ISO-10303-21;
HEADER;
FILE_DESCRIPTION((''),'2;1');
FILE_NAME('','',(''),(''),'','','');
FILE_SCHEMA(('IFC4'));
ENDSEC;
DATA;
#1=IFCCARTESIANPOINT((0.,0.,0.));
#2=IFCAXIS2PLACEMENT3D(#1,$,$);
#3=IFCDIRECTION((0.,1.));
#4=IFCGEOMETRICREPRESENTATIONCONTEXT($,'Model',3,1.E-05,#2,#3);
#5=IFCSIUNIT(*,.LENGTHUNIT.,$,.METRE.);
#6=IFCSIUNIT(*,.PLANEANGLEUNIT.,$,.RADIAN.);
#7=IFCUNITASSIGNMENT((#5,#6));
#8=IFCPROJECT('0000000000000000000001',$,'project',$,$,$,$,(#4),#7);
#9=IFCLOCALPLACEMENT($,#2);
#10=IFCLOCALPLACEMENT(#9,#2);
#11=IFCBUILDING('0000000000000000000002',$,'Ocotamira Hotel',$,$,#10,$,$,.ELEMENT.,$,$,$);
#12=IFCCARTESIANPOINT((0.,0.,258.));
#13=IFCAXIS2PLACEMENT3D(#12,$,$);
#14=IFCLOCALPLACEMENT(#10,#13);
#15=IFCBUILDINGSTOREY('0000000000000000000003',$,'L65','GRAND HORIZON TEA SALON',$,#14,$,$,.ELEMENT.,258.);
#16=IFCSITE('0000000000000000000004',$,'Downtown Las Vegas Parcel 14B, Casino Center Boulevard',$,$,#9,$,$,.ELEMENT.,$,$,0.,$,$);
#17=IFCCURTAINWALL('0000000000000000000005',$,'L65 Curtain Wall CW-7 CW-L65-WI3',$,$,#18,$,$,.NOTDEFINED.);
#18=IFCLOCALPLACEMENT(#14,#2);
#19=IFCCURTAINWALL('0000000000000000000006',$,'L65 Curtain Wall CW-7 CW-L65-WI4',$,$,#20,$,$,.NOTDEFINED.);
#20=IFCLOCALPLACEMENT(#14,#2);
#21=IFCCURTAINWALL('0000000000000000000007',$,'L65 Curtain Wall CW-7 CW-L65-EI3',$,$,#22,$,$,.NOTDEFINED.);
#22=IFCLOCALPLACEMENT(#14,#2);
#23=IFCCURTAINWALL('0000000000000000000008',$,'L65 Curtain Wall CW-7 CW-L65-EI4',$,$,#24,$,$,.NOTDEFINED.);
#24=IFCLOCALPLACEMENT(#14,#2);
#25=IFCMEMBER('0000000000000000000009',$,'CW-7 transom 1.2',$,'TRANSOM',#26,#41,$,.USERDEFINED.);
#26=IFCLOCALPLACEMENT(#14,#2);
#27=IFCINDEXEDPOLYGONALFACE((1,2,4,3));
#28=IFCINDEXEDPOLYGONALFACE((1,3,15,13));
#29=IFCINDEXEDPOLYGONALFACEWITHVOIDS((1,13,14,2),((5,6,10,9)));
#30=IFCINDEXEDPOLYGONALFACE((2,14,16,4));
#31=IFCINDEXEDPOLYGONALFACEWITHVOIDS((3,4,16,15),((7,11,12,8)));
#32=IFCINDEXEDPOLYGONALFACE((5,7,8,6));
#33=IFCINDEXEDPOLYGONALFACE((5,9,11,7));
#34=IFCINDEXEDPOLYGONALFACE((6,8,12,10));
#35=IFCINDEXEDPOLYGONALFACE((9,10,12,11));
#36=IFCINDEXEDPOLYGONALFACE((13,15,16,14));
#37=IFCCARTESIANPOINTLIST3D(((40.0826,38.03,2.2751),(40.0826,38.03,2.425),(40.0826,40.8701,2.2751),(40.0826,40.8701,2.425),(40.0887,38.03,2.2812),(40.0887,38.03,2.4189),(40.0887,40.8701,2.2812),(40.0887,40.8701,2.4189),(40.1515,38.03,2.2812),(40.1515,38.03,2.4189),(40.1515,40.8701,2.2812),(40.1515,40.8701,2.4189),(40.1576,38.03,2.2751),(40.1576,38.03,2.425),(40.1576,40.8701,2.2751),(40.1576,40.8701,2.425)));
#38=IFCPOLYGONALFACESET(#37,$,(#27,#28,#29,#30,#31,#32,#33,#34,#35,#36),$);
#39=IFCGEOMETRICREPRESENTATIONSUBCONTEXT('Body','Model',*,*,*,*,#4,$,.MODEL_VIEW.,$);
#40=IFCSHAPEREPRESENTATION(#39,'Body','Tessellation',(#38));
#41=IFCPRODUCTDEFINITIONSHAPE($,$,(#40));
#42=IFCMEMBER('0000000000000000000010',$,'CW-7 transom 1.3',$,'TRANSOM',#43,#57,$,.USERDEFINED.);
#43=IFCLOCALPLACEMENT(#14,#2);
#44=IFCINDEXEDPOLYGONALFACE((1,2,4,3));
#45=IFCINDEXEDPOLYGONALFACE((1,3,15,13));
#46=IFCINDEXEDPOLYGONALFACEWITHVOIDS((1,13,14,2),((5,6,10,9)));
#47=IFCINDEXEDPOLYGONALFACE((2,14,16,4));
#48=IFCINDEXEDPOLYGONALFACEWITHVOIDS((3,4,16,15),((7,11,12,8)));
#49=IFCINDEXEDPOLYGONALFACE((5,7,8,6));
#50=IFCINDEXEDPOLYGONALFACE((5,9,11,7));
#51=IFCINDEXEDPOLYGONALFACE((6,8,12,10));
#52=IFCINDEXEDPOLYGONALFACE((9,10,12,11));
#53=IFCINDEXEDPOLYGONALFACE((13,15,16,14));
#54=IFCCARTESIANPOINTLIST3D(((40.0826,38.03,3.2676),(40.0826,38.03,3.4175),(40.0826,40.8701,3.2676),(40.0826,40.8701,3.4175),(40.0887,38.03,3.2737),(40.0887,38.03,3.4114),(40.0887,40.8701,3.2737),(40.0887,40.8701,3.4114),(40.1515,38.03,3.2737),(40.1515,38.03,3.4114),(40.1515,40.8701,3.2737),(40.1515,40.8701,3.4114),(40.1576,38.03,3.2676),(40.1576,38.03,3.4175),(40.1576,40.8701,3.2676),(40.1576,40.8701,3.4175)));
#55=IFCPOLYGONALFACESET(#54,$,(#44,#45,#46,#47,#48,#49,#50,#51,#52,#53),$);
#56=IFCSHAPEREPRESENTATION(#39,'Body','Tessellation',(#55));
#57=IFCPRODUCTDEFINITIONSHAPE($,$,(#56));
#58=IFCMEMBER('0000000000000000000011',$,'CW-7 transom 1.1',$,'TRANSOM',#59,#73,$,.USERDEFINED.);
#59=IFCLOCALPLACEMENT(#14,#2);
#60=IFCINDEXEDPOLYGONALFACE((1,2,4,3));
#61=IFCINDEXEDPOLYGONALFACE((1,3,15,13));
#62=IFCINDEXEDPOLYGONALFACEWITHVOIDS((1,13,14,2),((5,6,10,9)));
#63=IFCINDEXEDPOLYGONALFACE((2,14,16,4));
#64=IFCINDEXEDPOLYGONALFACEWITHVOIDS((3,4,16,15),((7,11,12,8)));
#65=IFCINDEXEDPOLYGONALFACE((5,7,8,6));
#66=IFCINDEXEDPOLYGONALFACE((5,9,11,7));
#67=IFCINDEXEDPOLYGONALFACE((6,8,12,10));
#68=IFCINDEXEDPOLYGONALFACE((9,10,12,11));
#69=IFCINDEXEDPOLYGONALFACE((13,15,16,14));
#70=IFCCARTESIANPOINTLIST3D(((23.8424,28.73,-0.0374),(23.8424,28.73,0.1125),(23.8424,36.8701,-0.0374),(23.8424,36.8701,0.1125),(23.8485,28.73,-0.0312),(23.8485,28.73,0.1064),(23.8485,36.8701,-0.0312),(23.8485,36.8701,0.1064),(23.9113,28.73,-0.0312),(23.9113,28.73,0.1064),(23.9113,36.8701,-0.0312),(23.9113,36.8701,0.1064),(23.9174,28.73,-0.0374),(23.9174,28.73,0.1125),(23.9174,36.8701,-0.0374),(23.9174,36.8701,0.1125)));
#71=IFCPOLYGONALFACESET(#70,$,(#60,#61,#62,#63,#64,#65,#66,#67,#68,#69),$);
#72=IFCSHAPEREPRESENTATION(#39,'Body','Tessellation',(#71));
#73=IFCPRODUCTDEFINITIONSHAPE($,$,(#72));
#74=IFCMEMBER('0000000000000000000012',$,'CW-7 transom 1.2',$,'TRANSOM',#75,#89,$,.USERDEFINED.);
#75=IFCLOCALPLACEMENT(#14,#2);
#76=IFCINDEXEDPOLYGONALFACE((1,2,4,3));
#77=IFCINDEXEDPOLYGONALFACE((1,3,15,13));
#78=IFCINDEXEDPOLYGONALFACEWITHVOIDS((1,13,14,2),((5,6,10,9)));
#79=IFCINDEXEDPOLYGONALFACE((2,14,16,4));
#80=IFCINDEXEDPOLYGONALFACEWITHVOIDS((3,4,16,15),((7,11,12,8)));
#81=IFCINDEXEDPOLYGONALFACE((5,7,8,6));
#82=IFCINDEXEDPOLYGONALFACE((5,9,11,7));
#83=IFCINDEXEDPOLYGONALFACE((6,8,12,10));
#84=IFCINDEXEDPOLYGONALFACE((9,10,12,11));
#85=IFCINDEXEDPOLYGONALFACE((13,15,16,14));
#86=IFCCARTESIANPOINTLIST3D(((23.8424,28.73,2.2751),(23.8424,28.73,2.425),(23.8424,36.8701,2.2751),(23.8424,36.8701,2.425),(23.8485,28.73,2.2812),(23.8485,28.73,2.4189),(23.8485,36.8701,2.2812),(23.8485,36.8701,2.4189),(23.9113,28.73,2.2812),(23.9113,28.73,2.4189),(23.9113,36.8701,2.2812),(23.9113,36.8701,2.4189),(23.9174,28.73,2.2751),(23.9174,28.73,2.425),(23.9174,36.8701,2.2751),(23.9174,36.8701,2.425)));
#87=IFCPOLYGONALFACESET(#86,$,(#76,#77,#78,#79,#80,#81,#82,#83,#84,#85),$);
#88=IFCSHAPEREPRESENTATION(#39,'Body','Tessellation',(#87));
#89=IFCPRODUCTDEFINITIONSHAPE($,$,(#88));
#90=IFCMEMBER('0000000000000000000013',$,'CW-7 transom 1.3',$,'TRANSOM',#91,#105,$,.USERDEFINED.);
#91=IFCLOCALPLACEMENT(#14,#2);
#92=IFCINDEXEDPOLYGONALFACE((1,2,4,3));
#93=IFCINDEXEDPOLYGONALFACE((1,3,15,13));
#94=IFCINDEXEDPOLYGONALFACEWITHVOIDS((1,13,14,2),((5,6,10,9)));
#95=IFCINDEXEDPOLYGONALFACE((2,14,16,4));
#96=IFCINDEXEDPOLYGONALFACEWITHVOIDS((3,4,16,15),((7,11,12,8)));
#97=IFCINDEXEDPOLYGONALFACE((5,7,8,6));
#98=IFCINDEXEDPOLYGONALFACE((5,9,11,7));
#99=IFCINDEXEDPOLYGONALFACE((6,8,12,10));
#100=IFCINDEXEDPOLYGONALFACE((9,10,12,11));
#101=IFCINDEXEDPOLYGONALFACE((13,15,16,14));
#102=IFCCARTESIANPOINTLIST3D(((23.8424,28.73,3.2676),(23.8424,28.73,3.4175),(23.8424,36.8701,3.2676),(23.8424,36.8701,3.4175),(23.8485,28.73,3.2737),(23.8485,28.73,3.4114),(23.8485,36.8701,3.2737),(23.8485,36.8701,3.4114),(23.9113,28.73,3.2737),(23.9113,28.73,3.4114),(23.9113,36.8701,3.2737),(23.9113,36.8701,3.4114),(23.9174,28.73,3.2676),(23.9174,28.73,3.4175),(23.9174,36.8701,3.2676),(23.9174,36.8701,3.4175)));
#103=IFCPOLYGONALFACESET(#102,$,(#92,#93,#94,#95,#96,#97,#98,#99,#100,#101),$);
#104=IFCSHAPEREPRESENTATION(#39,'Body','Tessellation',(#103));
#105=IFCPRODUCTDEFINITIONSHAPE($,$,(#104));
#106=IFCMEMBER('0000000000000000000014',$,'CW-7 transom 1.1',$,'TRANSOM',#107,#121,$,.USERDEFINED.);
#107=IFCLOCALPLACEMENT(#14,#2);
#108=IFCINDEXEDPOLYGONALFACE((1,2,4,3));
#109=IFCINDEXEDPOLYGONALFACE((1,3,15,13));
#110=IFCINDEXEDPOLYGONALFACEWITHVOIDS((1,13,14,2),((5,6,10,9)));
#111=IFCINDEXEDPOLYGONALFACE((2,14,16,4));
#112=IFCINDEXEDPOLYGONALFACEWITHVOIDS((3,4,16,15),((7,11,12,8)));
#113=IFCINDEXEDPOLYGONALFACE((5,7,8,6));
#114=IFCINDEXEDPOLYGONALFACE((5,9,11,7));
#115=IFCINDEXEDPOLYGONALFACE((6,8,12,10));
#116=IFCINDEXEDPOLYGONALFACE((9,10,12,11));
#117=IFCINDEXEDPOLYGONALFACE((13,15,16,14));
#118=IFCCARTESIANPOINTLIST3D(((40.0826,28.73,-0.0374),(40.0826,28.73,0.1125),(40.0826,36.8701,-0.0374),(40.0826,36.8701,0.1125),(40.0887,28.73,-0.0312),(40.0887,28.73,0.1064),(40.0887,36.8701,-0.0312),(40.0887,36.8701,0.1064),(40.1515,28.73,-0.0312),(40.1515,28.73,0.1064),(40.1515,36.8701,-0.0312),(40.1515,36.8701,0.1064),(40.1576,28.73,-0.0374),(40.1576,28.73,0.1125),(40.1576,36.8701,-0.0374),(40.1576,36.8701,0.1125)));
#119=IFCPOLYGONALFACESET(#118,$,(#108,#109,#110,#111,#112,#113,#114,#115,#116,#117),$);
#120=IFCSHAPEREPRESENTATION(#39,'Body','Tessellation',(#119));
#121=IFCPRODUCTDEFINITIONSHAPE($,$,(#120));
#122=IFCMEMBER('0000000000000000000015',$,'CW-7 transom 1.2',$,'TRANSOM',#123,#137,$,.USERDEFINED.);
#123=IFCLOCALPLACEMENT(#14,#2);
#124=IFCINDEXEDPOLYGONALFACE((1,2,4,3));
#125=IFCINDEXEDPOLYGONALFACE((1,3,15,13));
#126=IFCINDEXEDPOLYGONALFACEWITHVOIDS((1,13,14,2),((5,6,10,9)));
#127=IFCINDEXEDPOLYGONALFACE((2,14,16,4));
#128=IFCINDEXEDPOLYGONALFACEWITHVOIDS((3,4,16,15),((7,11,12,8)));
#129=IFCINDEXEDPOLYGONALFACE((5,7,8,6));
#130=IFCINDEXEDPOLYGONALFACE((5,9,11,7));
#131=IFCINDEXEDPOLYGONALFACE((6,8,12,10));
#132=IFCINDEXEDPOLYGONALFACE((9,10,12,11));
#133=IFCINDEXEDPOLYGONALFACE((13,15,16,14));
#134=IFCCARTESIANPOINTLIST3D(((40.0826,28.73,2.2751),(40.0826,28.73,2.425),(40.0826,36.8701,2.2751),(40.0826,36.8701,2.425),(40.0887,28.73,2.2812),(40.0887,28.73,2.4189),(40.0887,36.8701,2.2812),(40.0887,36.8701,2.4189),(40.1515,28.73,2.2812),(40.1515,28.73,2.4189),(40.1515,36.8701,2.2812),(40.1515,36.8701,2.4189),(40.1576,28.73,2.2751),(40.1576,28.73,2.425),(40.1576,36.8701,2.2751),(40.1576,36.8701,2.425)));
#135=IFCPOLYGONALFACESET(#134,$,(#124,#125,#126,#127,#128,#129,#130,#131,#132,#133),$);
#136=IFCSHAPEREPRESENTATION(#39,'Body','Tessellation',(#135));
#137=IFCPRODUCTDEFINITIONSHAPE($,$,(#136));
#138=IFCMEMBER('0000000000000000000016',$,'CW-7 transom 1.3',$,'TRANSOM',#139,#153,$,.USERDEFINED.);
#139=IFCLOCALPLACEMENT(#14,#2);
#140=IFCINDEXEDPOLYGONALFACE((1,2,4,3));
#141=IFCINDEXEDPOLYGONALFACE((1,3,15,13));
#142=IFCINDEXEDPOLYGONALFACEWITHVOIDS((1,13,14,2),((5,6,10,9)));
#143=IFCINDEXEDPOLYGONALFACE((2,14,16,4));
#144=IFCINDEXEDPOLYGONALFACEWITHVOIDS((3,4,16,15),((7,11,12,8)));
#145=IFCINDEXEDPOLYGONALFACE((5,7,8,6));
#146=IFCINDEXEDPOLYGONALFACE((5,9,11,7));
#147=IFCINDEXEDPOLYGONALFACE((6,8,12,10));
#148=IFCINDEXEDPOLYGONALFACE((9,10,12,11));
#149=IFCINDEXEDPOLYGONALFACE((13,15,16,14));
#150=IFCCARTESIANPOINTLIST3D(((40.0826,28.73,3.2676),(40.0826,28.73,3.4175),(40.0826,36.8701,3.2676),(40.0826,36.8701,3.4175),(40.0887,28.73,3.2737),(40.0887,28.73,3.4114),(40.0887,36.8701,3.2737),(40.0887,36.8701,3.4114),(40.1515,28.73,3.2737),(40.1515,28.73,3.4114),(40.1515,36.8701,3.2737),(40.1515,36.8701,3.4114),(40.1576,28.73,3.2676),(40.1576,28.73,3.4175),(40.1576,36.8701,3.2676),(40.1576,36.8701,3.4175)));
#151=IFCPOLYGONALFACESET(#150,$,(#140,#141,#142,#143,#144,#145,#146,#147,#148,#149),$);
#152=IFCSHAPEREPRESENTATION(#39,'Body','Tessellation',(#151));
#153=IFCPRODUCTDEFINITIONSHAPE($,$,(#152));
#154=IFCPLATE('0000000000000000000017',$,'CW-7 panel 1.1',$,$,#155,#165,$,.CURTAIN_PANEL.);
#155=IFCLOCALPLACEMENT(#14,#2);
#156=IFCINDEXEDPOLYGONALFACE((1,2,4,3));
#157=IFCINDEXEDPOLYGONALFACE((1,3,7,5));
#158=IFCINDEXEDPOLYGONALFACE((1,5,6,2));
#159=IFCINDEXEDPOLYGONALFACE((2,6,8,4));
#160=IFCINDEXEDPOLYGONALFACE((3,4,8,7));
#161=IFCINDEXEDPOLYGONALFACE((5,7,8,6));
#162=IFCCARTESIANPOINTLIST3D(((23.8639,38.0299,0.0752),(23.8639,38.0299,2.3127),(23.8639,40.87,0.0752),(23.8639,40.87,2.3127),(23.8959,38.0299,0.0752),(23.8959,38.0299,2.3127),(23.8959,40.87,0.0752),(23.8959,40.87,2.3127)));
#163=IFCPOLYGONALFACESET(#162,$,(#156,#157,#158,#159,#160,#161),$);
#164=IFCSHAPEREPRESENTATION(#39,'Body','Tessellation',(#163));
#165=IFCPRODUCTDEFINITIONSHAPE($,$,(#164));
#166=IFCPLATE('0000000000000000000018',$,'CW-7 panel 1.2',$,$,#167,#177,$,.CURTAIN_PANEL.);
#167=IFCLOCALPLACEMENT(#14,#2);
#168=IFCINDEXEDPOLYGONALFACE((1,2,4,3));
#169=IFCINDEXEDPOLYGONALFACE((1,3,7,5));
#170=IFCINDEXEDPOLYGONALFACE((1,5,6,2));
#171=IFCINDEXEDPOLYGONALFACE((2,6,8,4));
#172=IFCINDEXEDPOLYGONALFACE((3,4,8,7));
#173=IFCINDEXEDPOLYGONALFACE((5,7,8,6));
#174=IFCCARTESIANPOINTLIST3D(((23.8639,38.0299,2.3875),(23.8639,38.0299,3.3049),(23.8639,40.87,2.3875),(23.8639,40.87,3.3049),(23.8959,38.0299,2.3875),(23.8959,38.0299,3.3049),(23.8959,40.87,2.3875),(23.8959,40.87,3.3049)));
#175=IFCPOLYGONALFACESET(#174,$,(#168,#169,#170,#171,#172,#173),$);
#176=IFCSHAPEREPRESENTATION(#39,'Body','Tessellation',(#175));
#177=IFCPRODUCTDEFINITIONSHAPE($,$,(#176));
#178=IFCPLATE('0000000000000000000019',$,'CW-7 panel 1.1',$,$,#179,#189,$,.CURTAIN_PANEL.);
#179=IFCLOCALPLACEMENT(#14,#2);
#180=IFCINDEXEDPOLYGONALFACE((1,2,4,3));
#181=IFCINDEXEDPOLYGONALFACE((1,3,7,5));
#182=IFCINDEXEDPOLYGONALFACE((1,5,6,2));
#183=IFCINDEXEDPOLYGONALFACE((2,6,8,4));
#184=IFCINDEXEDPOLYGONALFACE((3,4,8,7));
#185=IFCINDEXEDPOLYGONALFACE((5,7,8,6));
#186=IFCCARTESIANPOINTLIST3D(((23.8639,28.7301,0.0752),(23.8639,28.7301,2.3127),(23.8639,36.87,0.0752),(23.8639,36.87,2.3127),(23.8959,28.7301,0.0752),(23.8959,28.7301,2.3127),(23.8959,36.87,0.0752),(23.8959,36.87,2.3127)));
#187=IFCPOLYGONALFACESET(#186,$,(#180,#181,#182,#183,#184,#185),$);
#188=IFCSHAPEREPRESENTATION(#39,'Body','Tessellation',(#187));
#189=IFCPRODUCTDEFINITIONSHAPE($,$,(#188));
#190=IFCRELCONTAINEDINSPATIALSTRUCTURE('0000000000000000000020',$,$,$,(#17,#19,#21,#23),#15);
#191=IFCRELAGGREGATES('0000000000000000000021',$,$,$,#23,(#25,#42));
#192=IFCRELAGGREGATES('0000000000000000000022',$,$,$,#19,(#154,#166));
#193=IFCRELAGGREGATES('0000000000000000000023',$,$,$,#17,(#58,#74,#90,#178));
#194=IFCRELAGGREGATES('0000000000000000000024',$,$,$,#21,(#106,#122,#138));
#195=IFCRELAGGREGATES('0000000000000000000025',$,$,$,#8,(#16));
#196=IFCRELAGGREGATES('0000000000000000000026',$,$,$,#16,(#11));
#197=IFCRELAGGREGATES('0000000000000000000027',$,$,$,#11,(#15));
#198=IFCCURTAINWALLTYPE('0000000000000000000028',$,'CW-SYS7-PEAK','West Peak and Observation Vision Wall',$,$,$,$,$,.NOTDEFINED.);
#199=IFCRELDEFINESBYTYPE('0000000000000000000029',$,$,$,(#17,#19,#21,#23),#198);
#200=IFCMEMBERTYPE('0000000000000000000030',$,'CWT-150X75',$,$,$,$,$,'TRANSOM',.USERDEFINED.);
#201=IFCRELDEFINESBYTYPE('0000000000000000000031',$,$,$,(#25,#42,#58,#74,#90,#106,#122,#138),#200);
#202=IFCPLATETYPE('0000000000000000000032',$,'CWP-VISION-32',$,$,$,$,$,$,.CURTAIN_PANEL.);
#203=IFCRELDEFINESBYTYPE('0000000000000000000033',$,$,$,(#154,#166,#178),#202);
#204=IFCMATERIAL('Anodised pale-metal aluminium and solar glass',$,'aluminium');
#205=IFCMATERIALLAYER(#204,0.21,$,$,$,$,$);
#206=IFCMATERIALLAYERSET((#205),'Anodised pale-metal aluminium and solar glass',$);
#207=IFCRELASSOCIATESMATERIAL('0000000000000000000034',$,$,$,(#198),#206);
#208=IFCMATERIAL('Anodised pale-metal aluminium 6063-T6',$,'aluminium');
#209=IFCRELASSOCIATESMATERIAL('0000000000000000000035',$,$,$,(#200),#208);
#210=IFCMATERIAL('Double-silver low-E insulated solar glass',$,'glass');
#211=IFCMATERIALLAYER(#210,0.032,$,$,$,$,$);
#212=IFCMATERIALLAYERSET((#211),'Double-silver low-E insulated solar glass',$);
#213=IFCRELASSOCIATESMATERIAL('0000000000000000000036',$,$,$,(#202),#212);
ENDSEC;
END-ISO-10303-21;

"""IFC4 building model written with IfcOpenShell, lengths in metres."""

from ifc_helpers import new_model, si_unit, direction, frame, origin, origin_2d, place, context, subcontext, project, spatial, rectangle, hollow_rectangle, extrude, source, transform, mapped, material, layer, layer_set, material_profile, profile_set, type_object, element, aggregate, save


model = new_model("IFC4")

# Units and contexts
model_context = context("Model", 3, precision=1e-05, world=origin(), true_north=direction((0.0, 1.0)))
body_context = subcontext(model_context, "Body", "Model", "MODEL_VIEW")
ifc_project = project(units=[si_unit("LENGTHUNIT", "METRE"), si_unit("PLANEANGLEUNIT", "RADIAN")], contexts=[model_context])

# Site, building, storey
site_placement = place(None, origin())
site = spatial("IfcSite", under=ifc_project, at=site_placement, Name="Downtown Las Vegas Parcel 14B, Casino Center Boulevard", CompositionType="ELEMENT", RefElevation=0.0)
building_placement = place(site_placement, origin())
building = spatial("IfcBuilding", under=site, at=building_placement, Name="Ocotamira Hotel", CompositionType="ELEMENT")
storey_placement = place(building_placement, frame((0.0, 0.0, 258.0)))
storey = spatial("IfcBuildingStorey", under=building, at=storey_placement, Name="L65", Description="GRAND HORIZON TEA SALON", CompositionType="ELEMENT", Elevation=258.0)

# Curtain walls
ifc_material_1 = material(Name="Anodised pale-metal aluminium and solar glass", Category="aluminium")
ifc_layer_1 = layer(ifc_material_1, 0.21)
ifc_layer_set_1 = layer_set([ifc_layer_1], Name="Anodised pale-metal aluminium and solar glass")
curtain_wall_type = type_object("IfcCurtainWallType", Name="CW-SYS7-PEAK", Description="West Peak and Observation Vision Wall", PredefinedType="NOTDEFINED", material=ifc_layer_set_1)
curtain_wall_1_placement = place(storey_placement, origin())
curtain_wall_1 = element("IfcCurtainWall", 1, at=curtain_wall_1_placement, inside=storey, type_object=curtain_wall_type, Name="L65 Curtain Wall CW-7 CW-L65-WI3", PredefinedType="NOTDEFINED")
ifc_material_2 = material(Name="Anodised pale-metal aluminium 6063-T6", Category="aluminium")
curtain_wall_2_placement = place(storey_placement, origin())
curtain_wall_2 = element("IfcCurtainWall", 2, at=curtain_wall_2_placement, inside=storey, type_object=curtain_wall_type, Name="L65 Curtain Wall CW-7 CW-L65-WI4", PredefinedType="NOTDEFINED")
curtain_wall_3_placement = place(storey_placement, origin())
curtain_wall_3 = element("IfcCurtainWall", 3, at=curtain_wall_3_placement, inside=storey, type_object=curtain_wall_type, Name="L65 Curtain Wall CW-7 CW-L65-EI3", PredefinedType="NOTDEFINED")

# Curtain wall
curtain_wall_4_placement = place(storey_placement, origin())
curtain_wall_4 = element("IfcCurtainWall", 4, at=curtain_wall_4_placement, inside=storey, type_object=curtain_wall_type, Name="L65 Curtain Wall CW-7 CW-L65-EI4", PredefinedType="NOTDEFINED")

# Members
ifc_material_profile_1 = material_profile(ifc_material_2, hollow_rectangle(XDim=0.075, YDim=0.1499, WallThickness=0.0061, at=origin_2d()), Name="HSS150X75X6")
ifc_profile_set_1 = profile_set([ifc_material_profile_1], Name="Anodised pale-metal aluminium 6063-T6")
member_type_1 = type_object("IfcMemberType", Name="CWT-150X75", ElementType="TRANSOM", PredefinedType="USERDEFINED", material=ifc_profile_set_1)
shared_shape_1 = source(origin(), body_context, "Body", "SweptSolid", [
    extrude(hollow_rectangle(XDim=0.075, YDim=0.1499, WallThickness=0.0061, at=origin_2d()), origin(), (0.0, 0.0, 1.0), 2.8401),
])
member_1_placement = place(storey_placement, frame((40.1201, 38.03, 2.3501), z_axis=(0.0, 1.0, 0.0), x_axis=(-1.0, 0.0, 0.0)))
member_1 = element("IfcMember", 5, at=member_1_placement, type_object=member_type_1, Name="CW-7 transom 1.2", ObjectType="TRANSOM", PredefinedType="USERDEFINED", context=body_context, shape_type="MappedRepresentation", body=[
    mapped(shared_shape_1, transform((0.0, 0.0, 0.0), scale=1.0)),
])
member_2_placement = place(storey_placement, frame((40.1201, 38.03, 3.3425), z_axis=(0.0, 1.0, 0.0), x_axis=(-1.0, 0.0, 0.0)))
member_2 = element("IfcMember", 6, at=member_2_placement, type_object=member_type_1, Name="CW-7 transom 1.3", ObjectType="TRANSOM", PredefinedType="USERDEFINED", context=body_context, shape_type="MappedRepresentation", body=[
    mapped(shared_shape_1, transform((0.0, 0.0, 0.0), scale=1.0)),
])
aggregate(curtain_wall_4, [member_1, member_2])
shared_shape_2 = source(origin(), body_context, "Body", "SweptSolid", [
    extrude(hollow_rectangle(XDim=0.075, YDim=0.1499, WallThickness=0.0061, at=origin_2d()), origin(), (0.0, 0.0, 1.0), 8.1401),
])
member_3_placement = place(storey_placement, frame((23.8799, 28.73, 0.0376), z_axis=(0.0, 1.0, 0.0), x_axis=(-1.0, 0.0, 0.0)))
member_3 = element("IfcMember", 7, at=member_3_placement, type_object=member_type_1, Name="CW-7 transom 1.1", ObjectType="TRANSOM", PredefinedType="USERDEFINED", context=body_context, shape_type="MappedRepresentation", body=[
    mapped(shared_shape_2, transform((0.0, 0.0, 0.0), scale=1.0)),
])
member_4_placement = place(storey_placement, frame((23.8799, 28.73, 2.3501), z_axis=(0.0, 1.0, 0.0), x_axis=(-1.0, 0.0, 0.0)))
member_4 = element("IfcMember", 8, at=member_4_placement, type_object=member_type_1, Name="CW-7 transom 1.2", ObjectType="TRANSOM", PredefinedType="USERDEFINED", context=body_context, shape_type="MappedRepresentation", body=[
    mapped(shared_shape_2, transform((0.0, 0.0, 0.0), scale=1.0)),
])
member_5_placement = place(storey_placement, frame((23.8799, 28.73, 3.3425), z_axis=(0.0, 1.0, 0.0), x_axis=(-1.0, 0.0, 0.0)))
member_5 = element("IfcMember", 9, at=member_5_placement, type_object=member_type_1, Name="CW-7 transom 1.3", ObjectType="TRANSOM", PredefinedType="USERDEFINED", context=body_context, shape_type="MappedRepresentation", body=[
    mapped(shared_shape_2, transform((0.0, 0.0, 0.0), scale=1.0)),
])
member_6_placement = place(storey_placement, frame((40.1201, 28.73, 0.0376), z_axis=(0.0, 1.0, 0.0), x_axis=(-1.0, 0.0, 0.0)))
member_6 = element("IfcMember", 10, at=member_6_placement, type_object=member_type_1, Name="CW-7 transom 1.1", ObjectType="TRANSOM", PredefinedType="USERDEFINED", context=body_context, shape_type="MappedRepresentation", body=[
    mapped(shared_shape_2, transform((0.0, 0.0, 0.0), scale=1.0)),
])
member_7_placement = place(storey_placement, frame((40.1201, 28.73, 2.3501), z_axis=(0.0, 1.0, 0.0), x_axis=(-1.0, 0.0, 0.0)))
member_7 = element("IfcMember", 11, at=member_7_placement, type_object=member_type_1, Name="CW-7 transom 1.2", ObjectType="TRANSOM", PredefinedType="USERDEFINED", context=body_context, shape_type="MappedRepresentation", body=[
    mapped(shared_shape_2, transform((0.0, 0.0, 0.0), scale=1.0)),
])
member_8_placement = place(storey_placement, frame((40.1201, 28.73, 3.3425), z_axis=(0.0, 1.0, 0.0), x_axis=(-1.0, 0.0, 0.0)))
member_8 = element("IfcMember", 12, at=member_8_placement, type_object=member_type_1, Name="CW-7 transom 1.3", ObjectType="TRANSOM", PredefinedType="USERDEFINED", context=body_context, shape_type="MappedRepresentation", body=[
    mapped(shared_shape_2, transform((0.0, 0.0, 0.0), scale=1.0)),
])

# Plates
ifc_material_3 = material(Name="Double-silver low-E insulated solar glass", Category="glass")
ifc_layer_2 = layer(ifc_material_3, 0.032)
ifc_layer_set_2 = layer_set([ifc_layer_2], Name="Double-silver low-E insulated solar glass")
plate_type = type_object("IfcPlateType", Name="CWP-VISION-32", PredefinedType="CURTAIN_PANEL", material=ifc_layer_set_2)
shared_shape_3 = source(origin(), body_context, "Body", "SweptSolid", [
    extrude(rectangle(XDim=2.8401, YDim=0.032, at=origin_2d()), origin(), (0.0, 0.0, 1.0), 2.2375),
])
plate_1_placement = place(storey_placement, frame((23.8799, 39.45, 0.0752), z_axis=(0.0, 0.0, 1.0), x_axis=(0.0, 1.0, 0.0)))
plate_1 = element("IfcPlate", 13, at=plate_1_placement, type_object=plate_type, Name="CW-7 panel 1.1", PredefinedType="CURTAIN_PANEL", context=body_context, shape_type="MappedRepresentation", body=[
    mapped(shared_shape_3, transform((0.0, 0.0, 0.0), scale=1.0)),
])
shared_shape_4 = source(origin(), body_context, "Body", "SweptSolid", [
    extrude(rectangle(XDim=2.8401, YDim=0.032, at=origin_2d()), origin(), (0.0, 0.0, 1.0), 0.9175),
])
plate_2_placement = place(storey_placement, frame((23.8799, 39.45, 2.3875), z_axis=(0.0, 0.0, 1.0), x_axis=(0.0, 1.0, 0.0)))
plate_2 = element("IfcPlate", 14, at=plate_2_placement, type_object=plate_type, Name="CW-7 panel 1.2", PredefinedType="CURTAIN_PANEL", context=body_context, shape_type="MappedRepresentation", body=[
    mapped(shared_shape_4, transform((0.0, 0.0, 0.0), scale=1.0)),
])
aggregate(curtain_wall_2, [plate_1, plate_2])
shared_shape_5 = source(origin(), body_context, "Body", "SweptSolid", [
    extrude(rectangle(XDim=8.1399, YDim=0.032, at=origin_2d()), origin(), (0.0, 0.0, 1.0), 2.2375),
])
plate_3_placement = place(storey_placement, frame((23.8799, 32.8, 0.0752), z_axis=(0.0, 0.0, 1.0), x_axis=(0.0, 1.0, 0.0)))
plate_3 = element("IfcPlate", 15, at=plate_3_placement, type_object=plate_type, Name="CW-7 panel 1.1", PredefinedType="CURTAIN_PANEL", context=body_context, shape_type="MappedRepresentation", body=[
    mapped(shared_shape_5, transform((0.0, 0.0, 0.0), scale=1.0)),
])
aggregate(curtain_wall_1, [member_3, member_4, member_5, plate_3])
aggregate(curtain_wall_3, [member_6, member_7, member_8])

save(model, "model.ifc")
